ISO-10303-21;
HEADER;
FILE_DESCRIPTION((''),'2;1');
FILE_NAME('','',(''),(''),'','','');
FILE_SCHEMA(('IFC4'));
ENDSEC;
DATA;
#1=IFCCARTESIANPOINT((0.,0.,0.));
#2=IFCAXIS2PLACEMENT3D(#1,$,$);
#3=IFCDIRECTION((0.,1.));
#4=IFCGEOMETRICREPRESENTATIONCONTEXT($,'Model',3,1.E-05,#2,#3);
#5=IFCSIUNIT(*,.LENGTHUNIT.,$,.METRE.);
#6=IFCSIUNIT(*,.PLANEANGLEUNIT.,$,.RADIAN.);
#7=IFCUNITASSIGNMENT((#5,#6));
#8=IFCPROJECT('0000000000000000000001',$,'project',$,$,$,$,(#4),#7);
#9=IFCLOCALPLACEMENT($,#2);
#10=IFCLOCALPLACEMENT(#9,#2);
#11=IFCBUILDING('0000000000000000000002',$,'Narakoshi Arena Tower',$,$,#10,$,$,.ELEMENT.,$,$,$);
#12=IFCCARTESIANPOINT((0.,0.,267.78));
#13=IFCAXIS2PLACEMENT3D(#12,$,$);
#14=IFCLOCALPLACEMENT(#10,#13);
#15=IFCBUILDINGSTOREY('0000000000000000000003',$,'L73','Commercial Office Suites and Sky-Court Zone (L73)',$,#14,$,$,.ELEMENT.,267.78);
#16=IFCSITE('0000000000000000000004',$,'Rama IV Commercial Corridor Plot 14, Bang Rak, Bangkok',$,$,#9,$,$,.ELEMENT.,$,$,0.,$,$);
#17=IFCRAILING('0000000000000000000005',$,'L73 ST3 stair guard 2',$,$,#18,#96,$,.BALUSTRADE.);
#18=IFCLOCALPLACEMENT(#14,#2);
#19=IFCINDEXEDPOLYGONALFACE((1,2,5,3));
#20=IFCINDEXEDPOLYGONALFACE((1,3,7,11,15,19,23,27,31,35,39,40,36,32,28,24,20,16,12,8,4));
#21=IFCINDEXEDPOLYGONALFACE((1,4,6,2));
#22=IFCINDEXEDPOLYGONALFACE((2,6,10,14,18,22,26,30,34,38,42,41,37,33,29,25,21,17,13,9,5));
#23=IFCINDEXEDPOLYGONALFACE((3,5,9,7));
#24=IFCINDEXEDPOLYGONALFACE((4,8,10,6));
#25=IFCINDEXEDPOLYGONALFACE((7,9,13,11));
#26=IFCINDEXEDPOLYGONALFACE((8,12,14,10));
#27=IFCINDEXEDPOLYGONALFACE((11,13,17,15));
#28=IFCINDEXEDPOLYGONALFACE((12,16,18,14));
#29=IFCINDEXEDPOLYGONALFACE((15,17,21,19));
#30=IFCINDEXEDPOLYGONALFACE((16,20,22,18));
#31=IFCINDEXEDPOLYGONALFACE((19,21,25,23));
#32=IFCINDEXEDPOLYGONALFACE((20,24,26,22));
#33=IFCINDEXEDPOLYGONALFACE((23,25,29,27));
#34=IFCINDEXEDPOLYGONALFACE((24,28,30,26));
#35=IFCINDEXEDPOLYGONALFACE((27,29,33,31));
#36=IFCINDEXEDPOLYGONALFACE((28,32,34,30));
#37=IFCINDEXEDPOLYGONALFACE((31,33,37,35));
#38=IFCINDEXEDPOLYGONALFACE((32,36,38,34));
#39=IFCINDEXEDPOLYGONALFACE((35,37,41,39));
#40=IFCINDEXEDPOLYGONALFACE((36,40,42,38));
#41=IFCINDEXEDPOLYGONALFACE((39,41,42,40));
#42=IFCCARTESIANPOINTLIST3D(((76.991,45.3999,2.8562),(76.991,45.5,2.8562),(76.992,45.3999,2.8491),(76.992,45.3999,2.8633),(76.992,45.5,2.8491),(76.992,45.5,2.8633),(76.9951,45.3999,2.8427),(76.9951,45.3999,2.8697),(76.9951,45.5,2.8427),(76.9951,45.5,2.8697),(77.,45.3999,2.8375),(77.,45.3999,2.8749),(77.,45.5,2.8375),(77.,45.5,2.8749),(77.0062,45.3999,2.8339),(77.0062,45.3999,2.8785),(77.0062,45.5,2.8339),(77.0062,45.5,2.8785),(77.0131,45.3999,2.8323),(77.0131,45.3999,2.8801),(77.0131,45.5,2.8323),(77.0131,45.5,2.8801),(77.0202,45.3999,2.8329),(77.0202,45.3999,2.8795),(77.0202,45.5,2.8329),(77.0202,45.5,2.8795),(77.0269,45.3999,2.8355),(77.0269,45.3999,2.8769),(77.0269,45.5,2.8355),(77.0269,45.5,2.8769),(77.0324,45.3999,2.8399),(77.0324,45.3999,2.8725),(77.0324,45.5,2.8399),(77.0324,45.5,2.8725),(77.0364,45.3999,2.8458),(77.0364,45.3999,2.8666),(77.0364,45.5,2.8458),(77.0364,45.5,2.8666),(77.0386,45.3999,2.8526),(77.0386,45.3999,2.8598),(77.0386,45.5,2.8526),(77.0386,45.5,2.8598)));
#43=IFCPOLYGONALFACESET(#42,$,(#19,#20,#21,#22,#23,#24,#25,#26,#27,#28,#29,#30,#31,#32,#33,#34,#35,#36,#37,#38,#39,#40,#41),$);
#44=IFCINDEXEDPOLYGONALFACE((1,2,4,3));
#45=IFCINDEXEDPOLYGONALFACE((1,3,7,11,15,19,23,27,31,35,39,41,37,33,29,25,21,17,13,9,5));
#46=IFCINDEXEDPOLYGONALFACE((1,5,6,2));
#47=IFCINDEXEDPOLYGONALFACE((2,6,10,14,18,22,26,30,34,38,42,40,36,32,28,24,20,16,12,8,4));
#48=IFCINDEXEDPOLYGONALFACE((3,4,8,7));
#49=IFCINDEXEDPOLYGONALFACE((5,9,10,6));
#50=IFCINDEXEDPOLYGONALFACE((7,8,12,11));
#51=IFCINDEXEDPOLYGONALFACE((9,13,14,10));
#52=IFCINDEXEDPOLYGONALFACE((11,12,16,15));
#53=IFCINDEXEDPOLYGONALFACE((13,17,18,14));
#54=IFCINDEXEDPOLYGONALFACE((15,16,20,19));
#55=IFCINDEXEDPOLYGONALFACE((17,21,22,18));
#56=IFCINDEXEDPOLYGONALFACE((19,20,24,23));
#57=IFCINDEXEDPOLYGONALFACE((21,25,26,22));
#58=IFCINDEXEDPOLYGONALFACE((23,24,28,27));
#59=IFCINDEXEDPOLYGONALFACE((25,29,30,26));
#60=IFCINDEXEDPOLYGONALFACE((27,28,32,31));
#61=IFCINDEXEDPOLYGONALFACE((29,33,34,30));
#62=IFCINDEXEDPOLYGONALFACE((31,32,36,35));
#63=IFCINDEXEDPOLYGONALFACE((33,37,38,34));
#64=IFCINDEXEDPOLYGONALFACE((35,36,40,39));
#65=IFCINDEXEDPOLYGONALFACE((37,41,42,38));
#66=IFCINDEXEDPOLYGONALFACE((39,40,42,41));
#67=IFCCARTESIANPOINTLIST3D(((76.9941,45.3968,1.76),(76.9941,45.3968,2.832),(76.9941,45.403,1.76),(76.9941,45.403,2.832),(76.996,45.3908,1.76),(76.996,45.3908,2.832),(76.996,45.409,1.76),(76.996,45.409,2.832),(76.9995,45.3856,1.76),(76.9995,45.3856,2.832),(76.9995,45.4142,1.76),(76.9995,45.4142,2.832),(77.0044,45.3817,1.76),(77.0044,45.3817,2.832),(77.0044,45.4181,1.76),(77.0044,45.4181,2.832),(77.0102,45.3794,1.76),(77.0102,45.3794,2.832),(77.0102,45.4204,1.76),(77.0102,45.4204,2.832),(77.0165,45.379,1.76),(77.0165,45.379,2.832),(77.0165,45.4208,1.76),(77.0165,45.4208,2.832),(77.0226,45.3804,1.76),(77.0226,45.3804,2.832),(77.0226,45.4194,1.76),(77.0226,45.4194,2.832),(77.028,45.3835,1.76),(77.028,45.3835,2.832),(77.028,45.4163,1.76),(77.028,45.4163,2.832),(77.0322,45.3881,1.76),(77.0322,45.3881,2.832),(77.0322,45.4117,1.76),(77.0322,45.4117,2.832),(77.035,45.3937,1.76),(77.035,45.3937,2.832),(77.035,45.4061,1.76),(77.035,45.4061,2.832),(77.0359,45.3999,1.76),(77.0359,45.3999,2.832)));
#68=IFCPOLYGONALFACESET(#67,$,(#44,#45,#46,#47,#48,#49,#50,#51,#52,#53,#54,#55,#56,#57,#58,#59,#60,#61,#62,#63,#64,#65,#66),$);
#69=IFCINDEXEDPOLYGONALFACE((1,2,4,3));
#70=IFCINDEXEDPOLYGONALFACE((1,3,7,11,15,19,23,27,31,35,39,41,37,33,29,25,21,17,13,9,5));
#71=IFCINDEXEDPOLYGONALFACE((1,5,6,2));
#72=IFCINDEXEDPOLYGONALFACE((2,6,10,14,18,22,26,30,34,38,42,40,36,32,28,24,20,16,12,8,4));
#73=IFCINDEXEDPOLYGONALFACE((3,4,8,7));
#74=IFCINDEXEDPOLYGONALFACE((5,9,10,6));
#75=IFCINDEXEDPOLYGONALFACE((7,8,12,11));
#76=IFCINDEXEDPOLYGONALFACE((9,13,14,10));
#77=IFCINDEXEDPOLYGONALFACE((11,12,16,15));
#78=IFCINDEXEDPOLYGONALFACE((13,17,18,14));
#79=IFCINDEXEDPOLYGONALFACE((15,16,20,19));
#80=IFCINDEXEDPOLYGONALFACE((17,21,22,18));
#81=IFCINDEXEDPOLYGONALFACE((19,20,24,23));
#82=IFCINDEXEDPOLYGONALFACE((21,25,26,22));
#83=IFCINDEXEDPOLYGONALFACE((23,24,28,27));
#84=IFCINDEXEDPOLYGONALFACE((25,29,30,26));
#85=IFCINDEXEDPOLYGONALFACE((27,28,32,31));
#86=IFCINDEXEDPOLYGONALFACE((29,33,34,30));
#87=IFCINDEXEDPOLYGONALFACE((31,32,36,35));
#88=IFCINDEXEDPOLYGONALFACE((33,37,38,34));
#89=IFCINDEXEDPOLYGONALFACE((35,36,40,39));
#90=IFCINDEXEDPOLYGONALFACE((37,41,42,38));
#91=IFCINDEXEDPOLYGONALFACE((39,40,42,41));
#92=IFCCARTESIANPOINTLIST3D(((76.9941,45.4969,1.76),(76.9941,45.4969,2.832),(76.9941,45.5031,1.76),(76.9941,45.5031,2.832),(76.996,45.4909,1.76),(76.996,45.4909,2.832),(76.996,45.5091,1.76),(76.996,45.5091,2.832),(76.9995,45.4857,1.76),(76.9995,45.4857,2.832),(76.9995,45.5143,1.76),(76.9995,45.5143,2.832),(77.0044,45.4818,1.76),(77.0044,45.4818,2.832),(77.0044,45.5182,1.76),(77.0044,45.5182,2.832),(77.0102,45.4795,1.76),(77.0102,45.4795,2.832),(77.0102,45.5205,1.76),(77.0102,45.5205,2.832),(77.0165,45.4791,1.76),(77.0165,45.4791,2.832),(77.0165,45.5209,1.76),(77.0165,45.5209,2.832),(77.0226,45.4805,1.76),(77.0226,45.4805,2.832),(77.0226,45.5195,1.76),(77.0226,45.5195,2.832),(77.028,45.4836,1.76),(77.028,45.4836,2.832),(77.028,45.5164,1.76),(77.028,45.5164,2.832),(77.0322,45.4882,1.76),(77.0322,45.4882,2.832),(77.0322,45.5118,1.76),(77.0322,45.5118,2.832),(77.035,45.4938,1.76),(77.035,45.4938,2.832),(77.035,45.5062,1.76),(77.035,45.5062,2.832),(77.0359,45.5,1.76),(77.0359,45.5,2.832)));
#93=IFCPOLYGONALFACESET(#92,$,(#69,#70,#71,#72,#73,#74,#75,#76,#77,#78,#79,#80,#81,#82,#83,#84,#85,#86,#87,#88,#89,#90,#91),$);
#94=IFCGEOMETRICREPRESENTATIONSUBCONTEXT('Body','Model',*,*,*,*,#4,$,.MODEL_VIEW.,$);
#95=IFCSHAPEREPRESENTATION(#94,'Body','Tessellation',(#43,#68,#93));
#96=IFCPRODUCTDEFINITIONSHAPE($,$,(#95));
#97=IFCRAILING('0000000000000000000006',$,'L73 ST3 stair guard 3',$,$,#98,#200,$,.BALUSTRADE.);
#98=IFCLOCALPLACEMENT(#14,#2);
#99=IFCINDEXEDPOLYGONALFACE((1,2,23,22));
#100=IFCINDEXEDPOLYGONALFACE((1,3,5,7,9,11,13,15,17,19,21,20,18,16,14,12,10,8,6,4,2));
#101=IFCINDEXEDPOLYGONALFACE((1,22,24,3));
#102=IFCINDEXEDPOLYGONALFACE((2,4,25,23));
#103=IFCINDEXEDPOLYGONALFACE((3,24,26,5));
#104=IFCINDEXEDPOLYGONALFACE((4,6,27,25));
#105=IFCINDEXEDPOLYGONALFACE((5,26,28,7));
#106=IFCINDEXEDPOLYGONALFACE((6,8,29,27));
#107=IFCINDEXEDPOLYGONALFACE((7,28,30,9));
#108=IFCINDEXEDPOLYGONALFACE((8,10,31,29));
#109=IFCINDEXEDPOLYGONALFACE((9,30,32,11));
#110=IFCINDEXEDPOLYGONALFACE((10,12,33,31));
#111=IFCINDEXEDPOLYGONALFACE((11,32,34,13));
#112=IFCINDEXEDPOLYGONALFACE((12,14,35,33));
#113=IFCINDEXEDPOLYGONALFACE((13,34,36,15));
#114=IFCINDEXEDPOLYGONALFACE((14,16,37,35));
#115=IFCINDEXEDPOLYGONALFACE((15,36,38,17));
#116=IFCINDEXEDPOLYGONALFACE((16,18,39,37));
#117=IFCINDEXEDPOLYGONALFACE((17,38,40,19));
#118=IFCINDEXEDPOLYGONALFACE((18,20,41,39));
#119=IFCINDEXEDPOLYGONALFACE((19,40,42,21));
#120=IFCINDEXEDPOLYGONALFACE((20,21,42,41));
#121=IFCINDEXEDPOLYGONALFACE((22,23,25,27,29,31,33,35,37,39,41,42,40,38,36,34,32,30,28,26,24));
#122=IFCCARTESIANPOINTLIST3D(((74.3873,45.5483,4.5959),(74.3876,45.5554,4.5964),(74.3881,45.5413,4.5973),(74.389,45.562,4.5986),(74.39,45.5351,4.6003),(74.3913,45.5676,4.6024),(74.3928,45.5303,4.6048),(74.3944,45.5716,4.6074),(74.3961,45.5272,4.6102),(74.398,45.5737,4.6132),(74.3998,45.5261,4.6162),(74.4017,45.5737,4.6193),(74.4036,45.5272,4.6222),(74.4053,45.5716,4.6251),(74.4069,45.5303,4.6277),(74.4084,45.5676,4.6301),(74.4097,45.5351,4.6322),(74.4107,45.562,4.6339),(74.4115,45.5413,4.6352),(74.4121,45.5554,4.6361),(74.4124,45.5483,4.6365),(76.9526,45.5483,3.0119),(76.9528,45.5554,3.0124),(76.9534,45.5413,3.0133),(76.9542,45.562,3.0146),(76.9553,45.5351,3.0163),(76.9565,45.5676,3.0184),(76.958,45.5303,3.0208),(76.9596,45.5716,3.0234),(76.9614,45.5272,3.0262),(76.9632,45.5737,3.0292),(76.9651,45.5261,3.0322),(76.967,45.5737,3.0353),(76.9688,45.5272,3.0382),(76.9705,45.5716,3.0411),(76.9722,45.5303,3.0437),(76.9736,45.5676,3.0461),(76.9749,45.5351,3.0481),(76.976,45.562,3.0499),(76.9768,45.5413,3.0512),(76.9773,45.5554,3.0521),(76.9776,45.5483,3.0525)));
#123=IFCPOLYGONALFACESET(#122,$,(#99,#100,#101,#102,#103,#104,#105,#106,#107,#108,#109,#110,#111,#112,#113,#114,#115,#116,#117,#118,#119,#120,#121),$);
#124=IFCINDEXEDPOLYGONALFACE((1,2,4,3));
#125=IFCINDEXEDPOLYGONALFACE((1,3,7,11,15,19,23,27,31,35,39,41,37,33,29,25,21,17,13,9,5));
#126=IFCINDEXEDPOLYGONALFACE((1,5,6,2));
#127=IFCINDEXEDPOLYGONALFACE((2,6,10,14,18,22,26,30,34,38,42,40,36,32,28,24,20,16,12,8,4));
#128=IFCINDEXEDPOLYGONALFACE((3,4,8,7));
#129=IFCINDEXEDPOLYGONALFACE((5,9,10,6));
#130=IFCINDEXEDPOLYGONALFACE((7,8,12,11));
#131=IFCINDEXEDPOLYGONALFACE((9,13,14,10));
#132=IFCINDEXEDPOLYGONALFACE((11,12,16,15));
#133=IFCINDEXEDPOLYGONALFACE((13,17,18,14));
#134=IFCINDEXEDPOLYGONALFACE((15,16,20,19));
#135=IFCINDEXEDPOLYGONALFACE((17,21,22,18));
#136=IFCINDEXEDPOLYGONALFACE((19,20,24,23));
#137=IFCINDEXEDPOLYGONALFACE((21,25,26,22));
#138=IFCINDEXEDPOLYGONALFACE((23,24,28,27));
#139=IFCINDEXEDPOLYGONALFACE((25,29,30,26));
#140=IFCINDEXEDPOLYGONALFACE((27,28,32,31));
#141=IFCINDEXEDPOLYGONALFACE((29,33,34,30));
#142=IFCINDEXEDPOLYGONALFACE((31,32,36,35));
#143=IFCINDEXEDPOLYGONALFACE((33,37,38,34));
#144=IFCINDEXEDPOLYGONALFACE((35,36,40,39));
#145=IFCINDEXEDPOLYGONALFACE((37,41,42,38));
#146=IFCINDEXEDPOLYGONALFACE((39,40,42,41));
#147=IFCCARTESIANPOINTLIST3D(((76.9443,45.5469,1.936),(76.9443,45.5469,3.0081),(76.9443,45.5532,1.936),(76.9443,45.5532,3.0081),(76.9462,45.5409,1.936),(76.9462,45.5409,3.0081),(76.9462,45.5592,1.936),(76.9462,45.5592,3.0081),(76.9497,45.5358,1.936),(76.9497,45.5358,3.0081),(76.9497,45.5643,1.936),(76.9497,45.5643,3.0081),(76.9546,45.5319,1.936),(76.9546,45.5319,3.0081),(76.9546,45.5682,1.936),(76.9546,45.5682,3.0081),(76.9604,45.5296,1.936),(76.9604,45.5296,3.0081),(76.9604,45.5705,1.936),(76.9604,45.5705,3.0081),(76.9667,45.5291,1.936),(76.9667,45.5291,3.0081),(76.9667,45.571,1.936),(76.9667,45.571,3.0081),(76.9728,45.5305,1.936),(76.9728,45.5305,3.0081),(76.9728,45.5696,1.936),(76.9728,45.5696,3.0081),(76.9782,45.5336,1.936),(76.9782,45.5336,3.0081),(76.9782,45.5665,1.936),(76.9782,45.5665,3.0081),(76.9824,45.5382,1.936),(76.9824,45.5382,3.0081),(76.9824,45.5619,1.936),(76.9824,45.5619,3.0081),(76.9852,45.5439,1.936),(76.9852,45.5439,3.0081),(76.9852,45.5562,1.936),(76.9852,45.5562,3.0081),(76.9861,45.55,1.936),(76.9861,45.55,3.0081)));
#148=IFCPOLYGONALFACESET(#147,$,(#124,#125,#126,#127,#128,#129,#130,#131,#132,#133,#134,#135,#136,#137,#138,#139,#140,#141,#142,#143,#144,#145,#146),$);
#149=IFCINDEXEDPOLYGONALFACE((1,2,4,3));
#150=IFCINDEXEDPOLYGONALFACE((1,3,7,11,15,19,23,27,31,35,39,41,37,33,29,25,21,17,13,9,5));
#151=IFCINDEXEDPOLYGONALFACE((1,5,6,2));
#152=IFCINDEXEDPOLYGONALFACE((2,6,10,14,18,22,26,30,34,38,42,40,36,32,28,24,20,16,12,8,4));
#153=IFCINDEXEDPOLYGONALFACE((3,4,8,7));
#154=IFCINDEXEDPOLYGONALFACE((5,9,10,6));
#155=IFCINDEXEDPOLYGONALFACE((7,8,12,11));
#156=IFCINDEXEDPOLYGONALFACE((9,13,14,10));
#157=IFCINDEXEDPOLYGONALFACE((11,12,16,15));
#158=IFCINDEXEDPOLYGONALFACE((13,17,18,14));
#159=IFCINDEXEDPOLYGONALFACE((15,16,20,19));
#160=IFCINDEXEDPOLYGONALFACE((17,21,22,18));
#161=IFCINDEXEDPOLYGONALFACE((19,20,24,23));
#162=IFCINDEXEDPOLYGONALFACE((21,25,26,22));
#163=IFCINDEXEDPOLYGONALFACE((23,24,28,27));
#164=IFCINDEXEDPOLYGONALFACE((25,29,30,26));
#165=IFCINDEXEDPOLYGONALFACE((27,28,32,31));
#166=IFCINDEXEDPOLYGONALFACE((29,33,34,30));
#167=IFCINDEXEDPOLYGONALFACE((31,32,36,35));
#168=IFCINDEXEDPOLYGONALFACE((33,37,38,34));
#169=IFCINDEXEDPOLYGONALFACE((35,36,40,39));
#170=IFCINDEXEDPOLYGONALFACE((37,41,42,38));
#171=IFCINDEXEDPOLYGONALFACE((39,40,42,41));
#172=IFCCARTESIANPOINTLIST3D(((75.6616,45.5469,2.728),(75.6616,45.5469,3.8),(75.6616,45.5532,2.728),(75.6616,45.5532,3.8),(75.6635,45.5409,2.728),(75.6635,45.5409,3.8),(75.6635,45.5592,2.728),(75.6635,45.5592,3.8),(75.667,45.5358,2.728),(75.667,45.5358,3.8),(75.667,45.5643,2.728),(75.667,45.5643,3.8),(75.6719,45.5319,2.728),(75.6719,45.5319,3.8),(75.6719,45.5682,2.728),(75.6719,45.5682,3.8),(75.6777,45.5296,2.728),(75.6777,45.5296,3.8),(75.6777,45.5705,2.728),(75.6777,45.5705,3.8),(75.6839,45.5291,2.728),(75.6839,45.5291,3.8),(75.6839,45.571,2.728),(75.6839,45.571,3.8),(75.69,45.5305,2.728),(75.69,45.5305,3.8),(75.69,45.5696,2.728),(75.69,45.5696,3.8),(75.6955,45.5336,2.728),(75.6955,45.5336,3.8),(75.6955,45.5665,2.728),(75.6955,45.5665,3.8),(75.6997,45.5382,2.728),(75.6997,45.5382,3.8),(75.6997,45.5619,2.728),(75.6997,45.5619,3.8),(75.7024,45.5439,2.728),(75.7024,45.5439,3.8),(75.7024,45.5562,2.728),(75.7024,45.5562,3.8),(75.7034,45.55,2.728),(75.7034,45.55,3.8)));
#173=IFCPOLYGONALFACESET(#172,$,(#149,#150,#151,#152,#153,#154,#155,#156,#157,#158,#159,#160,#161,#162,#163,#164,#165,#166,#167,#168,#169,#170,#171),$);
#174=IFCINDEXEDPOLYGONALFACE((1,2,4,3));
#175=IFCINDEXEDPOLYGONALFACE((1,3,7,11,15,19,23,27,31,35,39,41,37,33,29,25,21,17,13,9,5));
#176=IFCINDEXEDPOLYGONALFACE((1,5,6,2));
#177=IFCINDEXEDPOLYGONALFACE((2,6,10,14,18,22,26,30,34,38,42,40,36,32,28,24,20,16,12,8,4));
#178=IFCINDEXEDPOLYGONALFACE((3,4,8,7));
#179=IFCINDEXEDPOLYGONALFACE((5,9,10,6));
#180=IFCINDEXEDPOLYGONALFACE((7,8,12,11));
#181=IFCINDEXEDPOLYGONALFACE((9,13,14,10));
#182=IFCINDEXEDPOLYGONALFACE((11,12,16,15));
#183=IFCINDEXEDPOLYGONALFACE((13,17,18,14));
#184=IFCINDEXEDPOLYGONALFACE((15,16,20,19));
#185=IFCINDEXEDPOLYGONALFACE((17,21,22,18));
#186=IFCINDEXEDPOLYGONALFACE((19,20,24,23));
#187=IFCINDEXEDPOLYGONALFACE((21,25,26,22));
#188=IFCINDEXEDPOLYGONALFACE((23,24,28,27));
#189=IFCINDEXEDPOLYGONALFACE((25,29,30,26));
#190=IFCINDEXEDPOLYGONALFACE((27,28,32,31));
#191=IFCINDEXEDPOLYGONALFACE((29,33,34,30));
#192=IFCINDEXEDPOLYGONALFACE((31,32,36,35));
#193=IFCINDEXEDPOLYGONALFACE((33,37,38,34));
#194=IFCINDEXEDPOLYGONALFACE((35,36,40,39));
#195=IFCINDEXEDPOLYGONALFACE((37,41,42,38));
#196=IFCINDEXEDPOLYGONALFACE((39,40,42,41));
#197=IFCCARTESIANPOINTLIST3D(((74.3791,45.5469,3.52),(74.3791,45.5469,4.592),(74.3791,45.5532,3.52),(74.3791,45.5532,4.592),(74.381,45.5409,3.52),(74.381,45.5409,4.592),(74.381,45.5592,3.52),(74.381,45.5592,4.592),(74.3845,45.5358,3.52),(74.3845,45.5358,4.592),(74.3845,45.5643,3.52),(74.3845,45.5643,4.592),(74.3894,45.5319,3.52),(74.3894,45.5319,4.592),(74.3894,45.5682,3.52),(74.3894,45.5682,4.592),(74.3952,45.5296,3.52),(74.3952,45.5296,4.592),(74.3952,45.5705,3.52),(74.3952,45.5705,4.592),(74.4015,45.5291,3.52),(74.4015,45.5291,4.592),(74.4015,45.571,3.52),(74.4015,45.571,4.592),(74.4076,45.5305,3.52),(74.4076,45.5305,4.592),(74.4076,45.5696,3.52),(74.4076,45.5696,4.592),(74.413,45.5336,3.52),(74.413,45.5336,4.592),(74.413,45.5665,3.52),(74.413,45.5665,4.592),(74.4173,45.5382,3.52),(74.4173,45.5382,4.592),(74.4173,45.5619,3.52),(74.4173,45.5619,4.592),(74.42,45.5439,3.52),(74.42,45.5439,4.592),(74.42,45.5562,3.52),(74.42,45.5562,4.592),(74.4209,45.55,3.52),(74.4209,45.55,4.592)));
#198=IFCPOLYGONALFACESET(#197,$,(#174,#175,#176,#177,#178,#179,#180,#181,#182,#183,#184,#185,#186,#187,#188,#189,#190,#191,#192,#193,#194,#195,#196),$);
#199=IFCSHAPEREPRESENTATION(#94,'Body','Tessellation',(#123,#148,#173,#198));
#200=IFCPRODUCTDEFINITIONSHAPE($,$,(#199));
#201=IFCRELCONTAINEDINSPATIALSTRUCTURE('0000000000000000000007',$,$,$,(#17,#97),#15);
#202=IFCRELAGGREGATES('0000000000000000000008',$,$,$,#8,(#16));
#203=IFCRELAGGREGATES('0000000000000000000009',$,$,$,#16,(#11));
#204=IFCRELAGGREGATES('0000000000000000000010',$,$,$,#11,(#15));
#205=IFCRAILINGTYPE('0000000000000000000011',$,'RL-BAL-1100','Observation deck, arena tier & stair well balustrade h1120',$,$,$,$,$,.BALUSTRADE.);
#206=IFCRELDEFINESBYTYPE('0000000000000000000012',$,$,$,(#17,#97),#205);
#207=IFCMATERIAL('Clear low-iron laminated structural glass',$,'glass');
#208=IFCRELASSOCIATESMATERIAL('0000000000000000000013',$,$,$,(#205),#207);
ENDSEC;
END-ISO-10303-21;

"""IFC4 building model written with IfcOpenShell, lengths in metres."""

from ifc_helpers import new_model, si_unit, direction, frame, origin, origin_2d, place, context, subcontext, project, spatial, circle, extrude, material, type_object, element, save


model = new_model("IFC4")

# Units and contexts
model_context = context("Model", 3, precision=1e-05, world=origin(), true_north=direction((0.0, 1.0)))
body_context = subcontext(model_context, "Body", "Model", "MODEL_VIEW")
ifc_project = project(units=[si_unit("LENGTHUNIT", "METRE"), si_unit("PLANEANGLEUNIT", "RADIAN")], contexts=[model_context])

# Site, building, storey
site_placement = place(None, origin())
site = spatial("IfcSite", under=ifc_project, at=site_placement, Name="Rama IV Commercial Corridor Plot 14, Bang Rak, Bangkok", CompositionType="ELEMENT", RefElevation=0.0)
building_placement = place(site_placement, origin())
building = spatial("IfcBuilding", under=site, at=building_placement, Name="Narakoshi Arena Tower", CompositionType="ELEMENT")
storey_placement = place(building_placement, frame((0.0, 0.0, 267.78)))
storey = spatial("IfcBuildingStorey", under=building, at=storey_placement, Name="L73", Description="Commercial Office Suites and Sky-Court Zone (L73)", CompositionType="ELEMENT", Elevation=267.78)

# Railings
ifc_material_1 = material(Name="Clear low-iron laminated structural glass", Category="glass")
railing_type_1 = type_object("IfcRailingType", Name="RL-BAL-1100", Description="Observation deck, arena tier & stair well balustrade h1120", PredefinedType="BALUSTRADE", material=ifc_material_1)
railing_1_placement = place(storey_placement, frame((77.0149, 45.3999, 1.76)))
element("IfcRailing", 1, at=railing_1_placement, inside=storey, type_object=railing_type_1, Name="L73 ST3 stair guard 2", PredefinedType="BALUSTRADE", context=body_context, shape_type="SweptSolid", body=[
    extrude(circle(Radius=0.0239, at=origin_2d()), frame((0.0, 0.0, 1.0962), z_axis=(0.0, 1.0, 0.0), x_axis=(-1.0, 0.0, 0.0)), (0.0, 0.0, 1.0), 0.1001),
    extrude(circle(Radius=0.021, at=origin_2d()), origin(), (0.0, 0.0, 1.0), 1.072),
    extrude(circle(Radius=0.021, at=origin_2d()), frame((0.0, 0.1001, 0.0)), (0.0, 0.0, 1.0), 1.072),
])
railing_2_placement = place(storey_placement, frame((76.9651, 45.55, 1.936)))
element("IfcRailing", 2, at=railing_2_placement, inside=storey, type_object=railing_type_1, Name="L73 ST3 stair guard 3", PredefinedType="BALUSTRADE", context=body_context, shape_type="SweptSolid", body=[
    extrude(circle(Radius=0.0239, at=origin_2d()), frame((0.0, 0.0, 1.0962), z_axis=(-0.850857, 0.0, 0.525398), x_axis=(0.0, -1.0, 0.0)), (0.0, 0.0, 1.0), 3.0149),
    extrude(circle(Radius=0.021, at=origin_2d()), origin(), (0.0, 0.0, 1.0), 1.072),
    extrude(circle(Radius=0.021, at=origin_2d()), frame((-1.2827, 0.0, 0.792)), (0.0, 0.0, 1.0), 1.072),
    extrude(circle(Radius=0.021, at=origin_2d()), frame((-2.5652, 0.0, 1.584)), (0.0, 0.0, 1.0), 1.072),
])

save(model, "model.ifc")
